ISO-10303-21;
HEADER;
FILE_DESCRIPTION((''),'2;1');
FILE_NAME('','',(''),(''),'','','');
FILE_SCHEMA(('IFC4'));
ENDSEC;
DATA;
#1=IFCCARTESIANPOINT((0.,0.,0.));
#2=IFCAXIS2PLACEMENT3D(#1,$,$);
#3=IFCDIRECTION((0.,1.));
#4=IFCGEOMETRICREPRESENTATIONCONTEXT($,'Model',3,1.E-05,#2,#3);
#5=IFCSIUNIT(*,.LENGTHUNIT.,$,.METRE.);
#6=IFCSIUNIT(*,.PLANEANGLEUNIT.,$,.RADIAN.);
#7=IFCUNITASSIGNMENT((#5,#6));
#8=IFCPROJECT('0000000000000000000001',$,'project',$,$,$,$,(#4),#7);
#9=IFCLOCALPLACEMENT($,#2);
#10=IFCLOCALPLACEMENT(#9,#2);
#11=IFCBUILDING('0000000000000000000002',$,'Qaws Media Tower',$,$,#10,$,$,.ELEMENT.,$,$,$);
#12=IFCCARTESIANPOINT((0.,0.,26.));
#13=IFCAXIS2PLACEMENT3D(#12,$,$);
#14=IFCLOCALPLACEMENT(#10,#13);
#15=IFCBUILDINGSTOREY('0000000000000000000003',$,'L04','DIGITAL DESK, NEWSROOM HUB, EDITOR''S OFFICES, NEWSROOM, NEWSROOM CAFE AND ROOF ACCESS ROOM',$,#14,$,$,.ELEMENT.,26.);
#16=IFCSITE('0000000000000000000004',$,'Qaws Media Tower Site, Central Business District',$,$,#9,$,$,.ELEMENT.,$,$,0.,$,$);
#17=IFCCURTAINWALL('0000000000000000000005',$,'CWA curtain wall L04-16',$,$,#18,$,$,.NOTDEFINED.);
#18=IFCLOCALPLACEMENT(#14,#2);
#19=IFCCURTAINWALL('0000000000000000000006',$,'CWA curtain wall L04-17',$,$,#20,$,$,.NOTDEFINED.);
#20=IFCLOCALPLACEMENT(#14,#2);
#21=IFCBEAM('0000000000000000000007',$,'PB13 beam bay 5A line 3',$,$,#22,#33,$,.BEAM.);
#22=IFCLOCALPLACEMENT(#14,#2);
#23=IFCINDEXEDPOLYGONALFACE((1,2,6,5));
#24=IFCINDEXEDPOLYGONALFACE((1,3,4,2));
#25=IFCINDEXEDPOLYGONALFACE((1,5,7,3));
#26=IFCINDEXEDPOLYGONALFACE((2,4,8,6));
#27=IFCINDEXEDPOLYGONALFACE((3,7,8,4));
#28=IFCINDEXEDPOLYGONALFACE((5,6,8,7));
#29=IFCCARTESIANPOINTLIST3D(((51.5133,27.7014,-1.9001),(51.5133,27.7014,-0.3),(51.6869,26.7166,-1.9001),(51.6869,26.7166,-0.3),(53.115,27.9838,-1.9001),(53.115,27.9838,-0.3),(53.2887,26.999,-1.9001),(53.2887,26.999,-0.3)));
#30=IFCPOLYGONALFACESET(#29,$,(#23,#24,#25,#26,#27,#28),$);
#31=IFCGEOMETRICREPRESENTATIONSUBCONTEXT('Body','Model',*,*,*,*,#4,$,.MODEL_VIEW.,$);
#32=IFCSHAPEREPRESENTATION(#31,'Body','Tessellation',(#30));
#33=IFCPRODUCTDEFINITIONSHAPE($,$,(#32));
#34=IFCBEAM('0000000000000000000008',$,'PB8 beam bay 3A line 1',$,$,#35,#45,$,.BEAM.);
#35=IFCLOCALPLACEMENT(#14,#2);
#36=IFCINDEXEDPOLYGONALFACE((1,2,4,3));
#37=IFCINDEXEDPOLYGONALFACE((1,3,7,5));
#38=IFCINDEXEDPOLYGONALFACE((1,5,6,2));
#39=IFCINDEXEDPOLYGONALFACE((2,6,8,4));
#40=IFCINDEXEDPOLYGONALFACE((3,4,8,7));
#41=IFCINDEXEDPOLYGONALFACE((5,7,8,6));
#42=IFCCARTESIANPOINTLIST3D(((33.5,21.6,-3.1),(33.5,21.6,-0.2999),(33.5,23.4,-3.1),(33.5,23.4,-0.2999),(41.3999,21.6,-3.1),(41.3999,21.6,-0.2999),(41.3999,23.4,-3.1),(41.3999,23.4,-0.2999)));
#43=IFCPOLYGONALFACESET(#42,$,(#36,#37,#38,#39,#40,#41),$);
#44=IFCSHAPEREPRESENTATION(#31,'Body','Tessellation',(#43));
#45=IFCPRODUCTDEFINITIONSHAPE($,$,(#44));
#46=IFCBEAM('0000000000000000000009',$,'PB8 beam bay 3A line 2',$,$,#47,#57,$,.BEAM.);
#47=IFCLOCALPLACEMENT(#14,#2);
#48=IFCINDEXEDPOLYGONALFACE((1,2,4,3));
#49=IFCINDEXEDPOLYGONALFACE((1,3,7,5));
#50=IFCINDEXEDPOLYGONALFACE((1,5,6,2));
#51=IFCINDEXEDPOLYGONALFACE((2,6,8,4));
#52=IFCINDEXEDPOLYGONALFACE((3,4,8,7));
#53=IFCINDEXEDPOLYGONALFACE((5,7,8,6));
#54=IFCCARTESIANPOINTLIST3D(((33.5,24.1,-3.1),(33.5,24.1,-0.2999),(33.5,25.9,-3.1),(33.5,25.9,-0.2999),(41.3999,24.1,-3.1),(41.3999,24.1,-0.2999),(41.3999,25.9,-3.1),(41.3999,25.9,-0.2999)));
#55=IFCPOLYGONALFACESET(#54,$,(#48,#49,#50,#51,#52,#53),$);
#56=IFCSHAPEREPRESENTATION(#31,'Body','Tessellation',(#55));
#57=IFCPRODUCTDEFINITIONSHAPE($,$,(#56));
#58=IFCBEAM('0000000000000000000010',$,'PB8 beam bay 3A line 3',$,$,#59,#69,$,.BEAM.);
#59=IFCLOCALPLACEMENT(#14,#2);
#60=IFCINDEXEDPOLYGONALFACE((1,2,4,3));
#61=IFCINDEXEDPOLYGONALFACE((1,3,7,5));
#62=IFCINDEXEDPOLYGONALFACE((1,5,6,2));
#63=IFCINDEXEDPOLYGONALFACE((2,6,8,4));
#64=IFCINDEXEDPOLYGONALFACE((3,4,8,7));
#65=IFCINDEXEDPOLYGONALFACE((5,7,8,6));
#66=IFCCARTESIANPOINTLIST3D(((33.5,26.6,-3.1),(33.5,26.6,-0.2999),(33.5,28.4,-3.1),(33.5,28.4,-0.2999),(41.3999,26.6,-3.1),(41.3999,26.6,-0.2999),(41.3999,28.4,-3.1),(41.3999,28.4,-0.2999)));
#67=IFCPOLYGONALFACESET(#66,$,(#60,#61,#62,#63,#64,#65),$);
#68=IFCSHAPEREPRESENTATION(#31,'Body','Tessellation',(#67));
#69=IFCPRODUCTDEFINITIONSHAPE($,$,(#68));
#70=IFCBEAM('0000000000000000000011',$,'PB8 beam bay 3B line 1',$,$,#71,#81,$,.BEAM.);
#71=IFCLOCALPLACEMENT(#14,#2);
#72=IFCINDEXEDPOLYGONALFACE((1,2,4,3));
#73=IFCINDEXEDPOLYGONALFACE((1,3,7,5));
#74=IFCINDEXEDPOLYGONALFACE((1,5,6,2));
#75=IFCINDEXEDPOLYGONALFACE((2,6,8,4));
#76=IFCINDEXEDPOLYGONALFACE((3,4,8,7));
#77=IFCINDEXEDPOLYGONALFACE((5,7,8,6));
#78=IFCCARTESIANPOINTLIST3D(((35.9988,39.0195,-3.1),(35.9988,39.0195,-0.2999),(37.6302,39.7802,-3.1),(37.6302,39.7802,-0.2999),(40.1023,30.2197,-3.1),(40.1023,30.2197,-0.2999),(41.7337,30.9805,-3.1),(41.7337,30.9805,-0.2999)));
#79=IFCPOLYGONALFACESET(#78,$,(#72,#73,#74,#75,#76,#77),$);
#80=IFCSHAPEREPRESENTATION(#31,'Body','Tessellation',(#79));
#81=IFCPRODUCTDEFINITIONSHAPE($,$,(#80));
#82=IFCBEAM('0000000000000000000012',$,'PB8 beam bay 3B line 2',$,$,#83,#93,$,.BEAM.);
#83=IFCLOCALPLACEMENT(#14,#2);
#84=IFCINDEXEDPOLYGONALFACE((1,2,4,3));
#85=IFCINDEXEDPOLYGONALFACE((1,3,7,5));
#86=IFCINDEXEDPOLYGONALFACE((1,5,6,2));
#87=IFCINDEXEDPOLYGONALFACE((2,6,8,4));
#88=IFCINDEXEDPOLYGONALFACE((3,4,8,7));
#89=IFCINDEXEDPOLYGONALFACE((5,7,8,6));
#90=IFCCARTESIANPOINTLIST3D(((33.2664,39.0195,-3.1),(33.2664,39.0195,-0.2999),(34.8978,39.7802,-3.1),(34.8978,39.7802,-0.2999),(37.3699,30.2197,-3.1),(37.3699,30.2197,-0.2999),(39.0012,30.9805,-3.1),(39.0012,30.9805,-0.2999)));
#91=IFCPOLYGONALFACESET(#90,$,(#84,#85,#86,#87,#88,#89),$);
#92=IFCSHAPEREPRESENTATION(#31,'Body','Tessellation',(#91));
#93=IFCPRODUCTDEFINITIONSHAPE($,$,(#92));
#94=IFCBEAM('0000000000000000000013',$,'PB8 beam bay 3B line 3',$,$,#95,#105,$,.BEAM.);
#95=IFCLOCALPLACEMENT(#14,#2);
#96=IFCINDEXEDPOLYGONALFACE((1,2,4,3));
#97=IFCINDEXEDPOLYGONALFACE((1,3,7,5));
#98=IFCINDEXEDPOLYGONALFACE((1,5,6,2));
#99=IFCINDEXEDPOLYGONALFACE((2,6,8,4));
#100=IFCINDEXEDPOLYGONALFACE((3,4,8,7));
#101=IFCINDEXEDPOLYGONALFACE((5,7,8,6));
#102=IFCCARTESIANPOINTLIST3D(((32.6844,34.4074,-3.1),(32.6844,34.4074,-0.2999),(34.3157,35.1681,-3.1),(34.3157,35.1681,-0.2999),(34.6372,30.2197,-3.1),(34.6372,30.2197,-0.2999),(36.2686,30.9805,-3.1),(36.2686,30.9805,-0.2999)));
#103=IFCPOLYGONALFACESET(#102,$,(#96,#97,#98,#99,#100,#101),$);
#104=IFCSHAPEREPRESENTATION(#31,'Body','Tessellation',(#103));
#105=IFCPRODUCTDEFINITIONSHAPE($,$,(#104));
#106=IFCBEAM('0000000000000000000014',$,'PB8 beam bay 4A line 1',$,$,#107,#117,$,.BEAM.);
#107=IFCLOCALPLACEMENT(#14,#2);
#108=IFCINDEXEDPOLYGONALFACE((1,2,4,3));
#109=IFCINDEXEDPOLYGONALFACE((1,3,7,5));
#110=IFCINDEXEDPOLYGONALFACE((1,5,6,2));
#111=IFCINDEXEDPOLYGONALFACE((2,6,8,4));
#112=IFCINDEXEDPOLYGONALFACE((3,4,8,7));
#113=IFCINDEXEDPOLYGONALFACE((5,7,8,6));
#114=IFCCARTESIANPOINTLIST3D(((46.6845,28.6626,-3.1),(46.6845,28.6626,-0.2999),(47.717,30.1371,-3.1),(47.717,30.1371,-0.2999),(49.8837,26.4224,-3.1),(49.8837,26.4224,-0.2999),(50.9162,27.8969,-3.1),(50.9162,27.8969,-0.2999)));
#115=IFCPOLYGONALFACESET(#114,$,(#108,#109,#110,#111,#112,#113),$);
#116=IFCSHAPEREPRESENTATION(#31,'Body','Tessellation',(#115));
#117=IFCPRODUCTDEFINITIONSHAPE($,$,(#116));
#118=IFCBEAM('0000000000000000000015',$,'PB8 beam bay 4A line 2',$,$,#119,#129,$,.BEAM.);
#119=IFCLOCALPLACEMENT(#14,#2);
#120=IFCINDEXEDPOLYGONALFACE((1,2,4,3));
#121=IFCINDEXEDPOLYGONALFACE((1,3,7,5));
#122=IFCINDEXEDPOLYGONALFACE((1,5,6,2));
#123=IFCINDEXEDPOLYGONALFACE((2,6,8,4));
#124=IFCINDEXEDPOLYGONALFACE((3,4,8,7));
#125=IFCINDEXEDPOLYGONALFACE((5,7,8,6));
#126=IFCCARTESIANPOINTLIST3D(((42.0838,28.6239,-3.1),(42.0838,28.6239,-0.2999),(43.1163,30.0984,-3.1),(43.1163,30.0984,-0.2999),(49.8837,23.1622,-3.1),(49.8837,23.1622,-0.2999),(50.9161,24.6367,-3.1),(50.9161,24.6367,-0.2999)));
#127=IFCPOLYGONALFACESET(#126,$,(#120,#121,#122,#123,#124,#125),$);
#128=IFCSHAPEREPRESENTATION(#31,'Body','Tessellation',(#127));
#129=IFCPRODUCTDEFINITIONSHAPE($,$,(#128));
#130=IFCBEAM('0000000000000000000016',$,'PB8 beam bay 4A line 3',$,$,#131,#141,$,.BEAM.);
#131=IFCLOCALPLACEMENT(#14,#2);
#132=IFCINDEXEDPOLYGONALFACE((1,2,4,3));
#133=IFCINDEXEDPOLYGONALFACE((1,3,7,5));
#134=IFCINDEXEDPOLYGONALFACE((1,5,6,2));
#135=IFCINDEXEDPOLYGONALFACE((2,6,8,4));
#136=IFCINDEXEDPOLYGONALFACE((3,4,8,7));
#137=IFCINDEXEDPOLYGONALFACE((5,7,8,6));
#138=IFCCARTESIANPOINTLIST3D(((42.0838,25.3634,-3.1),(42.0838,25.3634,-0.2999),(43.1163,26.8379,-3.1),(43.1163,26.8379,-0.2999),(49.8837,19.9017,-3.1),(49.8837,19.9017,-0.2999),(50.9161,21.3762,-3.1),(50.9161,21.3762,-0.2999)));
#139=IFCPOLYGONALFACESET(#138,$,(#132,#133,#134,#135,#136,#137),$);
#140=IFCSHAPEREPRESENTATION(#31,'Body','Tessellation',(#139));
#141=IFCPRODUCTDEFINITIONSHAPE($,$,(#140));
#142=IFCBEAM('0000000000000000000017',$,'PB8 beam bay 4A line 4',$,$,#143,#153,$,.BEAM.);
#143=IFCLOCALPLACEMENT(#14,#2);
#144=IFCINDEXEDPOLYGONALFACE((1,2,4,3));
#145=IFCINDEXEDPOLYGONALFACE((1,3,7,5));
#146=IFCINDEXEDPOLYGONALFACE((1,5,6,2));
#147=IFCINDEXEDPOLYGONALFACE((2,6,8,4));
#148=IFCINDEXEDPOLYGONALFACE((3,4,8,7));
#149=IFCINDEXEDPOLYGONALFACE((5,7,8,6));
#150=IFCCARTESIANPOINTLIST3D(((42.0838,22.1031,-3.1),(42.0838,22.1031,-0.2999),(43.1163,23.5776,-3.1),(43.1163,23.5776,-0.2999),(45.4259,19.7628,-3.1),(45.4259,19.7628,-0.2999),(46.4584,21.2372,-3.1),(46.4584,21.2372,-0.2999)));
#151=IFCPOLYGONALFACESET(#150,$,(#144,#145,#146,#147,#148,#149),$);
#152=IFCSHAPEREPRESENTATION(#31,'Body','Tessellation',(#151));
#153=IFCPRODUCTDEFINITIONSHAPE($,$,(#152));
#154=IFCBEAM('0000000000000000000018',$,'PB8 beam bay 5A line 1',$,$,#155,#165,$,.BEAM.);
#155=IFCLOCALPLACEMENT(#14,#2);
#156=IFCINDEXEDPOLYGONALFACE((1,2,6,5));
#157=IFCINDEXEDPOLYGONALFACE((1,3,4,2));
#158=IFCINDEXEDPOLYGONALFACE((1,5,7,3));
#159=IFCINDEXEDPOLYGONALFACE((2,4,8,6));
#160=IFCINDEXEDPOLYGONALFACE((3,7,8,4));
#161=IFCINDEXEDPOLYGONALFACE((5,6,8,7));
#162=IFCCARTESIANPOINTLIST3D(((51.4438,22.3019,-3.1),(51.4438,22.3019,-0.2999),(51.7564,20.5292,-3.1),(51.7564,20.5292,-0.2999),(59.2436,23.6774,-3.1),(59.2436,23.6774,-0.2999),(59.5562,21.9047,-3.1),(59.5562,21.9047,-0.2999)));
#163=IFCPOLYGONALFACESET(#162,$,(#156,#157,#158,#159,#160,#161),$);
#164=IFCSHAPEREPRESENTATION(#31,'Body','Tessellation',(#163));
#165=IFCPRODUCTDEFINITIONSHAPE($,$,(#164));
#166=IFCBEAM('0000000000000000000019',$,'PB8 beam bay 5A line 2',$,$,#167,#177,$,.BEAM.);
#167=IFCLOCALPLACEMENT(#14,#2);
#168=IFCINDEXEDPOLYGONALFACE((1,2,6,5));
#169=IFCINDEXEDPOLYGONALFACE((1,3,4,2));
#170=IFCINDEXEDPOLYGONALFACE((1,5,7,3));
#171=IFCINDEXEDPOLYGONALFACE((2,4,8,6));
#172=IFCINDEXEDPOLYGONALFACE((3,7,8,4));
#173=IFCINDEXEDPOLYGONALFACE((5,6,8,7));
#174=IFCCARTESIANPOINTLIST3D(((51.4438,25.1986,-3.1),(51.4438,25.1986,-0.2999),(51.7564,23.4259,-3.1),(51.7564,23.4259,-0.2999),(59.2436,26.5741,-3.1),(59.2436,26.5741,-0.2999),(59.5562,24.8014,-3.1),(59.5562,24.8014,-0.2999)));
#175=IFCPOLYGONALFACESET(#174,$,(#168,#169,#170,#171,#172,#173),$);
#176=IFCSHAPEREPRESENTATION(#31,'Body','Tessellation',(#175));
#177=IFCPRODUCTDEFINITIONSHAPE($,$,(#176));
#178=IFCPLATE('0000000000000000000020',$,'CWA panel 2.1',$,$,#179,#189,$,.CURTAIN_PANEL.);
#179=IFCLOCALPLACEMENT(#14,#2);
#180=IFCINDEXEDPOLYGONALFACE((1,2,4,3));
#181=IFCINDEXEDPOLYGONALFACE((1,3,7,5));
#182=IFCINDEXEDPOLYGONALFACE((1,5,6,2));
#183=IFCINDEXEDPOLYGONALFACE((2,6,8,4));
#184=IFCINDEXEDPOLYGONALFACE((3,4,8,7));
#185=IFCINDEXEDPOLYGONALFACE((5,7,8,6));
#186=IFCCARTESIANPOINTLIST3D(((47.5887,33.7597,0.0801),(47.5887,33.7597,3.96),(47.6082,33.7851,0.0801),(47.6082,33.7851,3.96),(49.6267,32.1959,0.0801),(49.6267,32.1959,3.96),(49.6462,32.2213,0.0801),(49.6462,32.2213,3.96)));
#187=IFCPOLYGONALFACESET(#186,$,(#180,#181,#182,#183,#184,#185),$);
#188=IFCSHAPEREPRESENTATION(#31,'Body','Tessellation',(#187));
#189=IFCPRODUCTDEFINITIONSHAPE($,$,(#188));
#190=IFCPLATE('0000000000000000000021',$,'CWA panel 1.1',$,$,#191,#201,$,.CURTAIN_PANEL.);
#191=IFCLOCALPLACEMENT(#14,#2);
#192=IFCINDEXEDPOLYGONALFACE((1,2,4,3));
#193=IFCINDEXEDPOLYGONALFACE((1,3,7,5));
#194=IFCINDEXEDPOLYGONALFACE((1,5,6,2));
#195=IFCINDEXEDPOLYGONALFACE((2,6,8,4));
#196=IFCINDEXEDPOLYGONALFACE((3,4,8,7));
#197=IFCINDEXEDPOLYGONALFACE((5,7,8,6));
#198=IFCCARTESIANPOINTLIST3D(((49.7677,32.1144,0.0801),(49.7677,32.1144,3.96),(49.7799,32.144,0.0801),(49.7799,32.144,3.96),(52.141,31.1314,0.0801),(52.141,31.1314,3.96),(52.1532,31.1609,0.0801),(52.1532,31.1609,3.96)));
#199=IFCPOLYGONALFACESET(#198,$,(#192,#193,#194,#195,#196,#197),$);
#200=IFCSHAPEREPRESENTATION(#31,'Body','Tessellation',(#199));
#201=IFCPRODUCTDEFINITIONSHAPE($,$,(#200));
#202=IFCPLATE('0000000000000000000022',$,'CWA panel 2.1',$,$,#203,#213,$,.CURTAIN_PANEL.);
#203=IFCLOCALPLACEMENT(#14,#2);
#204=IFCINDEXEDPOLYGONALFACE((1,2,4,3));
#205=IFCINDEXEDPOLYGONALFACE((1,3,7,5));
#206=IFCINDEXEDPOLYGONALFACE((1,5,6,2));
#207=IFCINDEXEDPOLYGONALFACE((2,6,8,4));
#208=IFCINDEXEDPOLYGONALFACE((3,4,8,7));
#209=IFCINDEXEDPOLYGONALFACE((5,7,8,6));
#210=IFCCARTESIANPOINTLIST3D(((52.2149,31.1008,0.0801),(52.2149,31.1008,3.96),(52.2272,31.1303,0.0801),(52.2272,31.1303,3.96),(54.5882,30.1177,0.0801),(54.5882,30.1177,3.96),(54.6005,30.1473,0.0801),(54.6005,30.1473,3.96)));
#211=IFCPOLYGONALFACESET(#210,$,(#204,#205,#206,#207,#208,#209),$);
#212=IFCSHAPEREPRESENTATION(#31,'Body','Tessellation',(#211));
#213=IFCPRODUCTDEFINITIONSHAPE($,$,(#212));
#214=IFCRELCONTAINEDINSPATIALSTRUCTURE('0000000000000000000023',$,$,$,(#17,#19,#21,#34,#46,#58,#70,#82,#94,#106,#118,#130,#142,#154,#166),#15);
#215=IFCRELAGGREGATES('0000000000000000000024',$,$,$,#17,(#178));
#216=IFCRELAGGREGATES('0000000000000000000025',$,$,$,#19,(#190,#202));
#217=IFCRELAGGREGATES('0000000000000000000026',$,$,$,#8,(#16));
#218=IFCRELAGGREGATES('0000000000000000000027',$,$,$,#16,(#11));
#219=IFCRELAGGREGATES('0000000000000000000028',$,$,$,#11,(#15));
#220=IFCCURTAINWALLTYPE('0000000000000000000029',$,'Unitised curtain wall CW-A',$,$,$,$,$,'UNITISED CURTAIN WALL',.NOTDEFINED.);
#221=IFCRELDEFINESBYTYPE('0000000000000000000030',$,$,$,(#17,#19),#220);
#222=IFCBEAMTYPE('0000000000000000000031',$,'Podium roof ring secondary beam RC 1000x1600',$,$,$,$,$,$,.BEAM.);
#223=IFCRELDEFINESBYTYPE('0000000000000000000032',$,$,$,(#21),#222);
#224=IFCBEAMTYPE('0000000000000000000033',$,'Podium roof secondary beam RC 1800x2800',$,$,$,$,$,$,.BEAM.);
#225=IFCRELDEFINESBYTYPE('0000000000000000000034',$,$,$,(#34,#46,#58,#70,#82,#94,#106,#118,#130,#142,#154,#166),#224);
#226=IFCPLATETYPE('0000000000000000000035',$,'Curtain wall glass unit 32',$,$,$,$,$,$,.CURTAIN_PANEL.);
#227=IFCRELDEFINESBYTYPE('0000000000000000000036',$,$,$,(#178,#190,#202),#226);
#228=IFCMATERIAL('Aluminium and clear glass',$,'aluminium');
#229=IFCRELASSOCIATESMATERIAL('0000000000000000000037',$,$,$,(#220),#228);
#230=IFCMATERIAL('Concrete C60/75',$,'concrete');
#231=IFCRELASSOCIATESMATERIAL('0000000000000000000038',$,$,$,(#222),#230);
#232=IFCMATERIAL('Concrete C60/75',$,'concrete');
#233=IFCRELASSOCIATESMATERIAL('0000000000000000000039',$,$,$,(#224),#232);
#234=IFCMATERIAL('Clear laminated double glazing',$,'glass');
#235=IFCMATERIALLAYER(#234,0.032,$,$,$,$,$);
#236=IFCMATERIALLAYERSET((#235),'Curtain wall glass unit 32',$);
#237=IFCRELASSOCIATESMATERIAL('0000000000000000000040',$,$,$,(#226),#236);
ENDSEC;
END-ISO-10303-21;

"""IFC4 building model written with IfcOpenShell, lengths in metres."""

from ifc_helpers import new_model, si_unit, direction, frame, origin, origin_2d, place, context, subcontext, project, spatial, rectangle, extrude, material, layer, layer_set, material_profile, profile_set, type_object, element, aggregate, save


model = new_model("IFC4")

# Units and contexts
model_context = context("Model", 3, precision=1e-05, world=origin(), true_north=direction((0.0, 1.0)))
body_context = subcontext(model_context, "Body", "Model", "MODEL_VIEW")
ifc_project = project(units=[si_unit("LENGTHUNIT", "METRE"), si_unit("PLANEANGLEUNIT", "RADIAN")], contexts=[model_context])

# Site, building, storey
site_placement = place(None, origin())
site = spatial("IfcSite", under=ifc_project, at=site_placement, Name="Qaws Media Tower Site, Central Business District", CompositionType="ELEMENT", RefElevation=0.0)
building_placement = place(site_placement, origin())
building = spatial("IfcBuilding", under=site, at=building_placement, Name="Qaws Media Tower", CompositionType="ELEMENT")
storey_placement = place(building_placement, frame((0.0, 0.0, 26.0)))
storey = spatial("IfcBuildingStorey", under=building, at=storey_placement, Name="L04", Description="DIGITAL DESK, NEWSROOM HUB, EDITOR'S OFFICES, NEWSROOM, NEWSROOM CAFE AND ROOF ACCESS ROOM", CompositionType="ELEMENT", Elevation=26.0)

# Curtain wall
ifc_material_1 = material(Name="Aluminium and clear glass", Category="aluminium")
curtain_wall_type = type_object("IfcCurtainWallType", Name="Unitised curtain wall CW-A", ElementType="UNITISED CURTAIN WALL", PredefinedType="NOTDEFINED", material=ifc_material_1)
curtain_wall_1_placement = place(storey_placement, origin())
curtain_wall_1 = element("IfcCurtainWall", 1, at=curtain_wall_1_placement, inside=storey, type_object=curtain_wall_type, Name="CWA curtain wall L04-16", PredefinedType="NOTDEFINED")

# Curtain wall
curtain_wall_2_placement = place(storey_placement, origin())
curtain_wall_2 = element("IfcCurtainWall", 2, at=curtain_wall_2_placement, inside=storey, type_object=curtain_wall_type, Name="CWA curtain wall L04-17", PredefinedType="NOTDEFINED")

# Beams
ifc_material_2 = material(Name="Concrete C60/75", Category="concrete")
ifc_material_profile_1 = material_profile(ifc_material_2, rectangle(XDim=1.0, YDim=1.6001, at=origin_2d()), Name="RC 1000x1600")
ifc_profile_set_1 = profile_set([ifc_material_profile_1], Name="Concrete C60/75")
beam_type_1 = type_object("IfcBeamType", Name="Podium roof ring secondary beam RC 1000x1600", PredefinedType="BEAM", material=ifc_profile_set_1)
beam_1_placement = place(storey_placement, frame((51.6001, 27.209, -1.1001), z_axis=(0.984805, 0.173665, 0.0), x_axis=(-0.173665, 0.984805, 0.0)))
element("IfcBeam", 3, at=beam_1_placement, inside=storey, type_object=beam_type_1, Name="PB13 beam bay 5A line 3", PredefinedType="BEAM", context=body_context, shape_type="SweptSolid", body=[
    extrude(rectangle(XDim=1.0, YDim=1.6001, at=origin_2d()), origin(), (0.0, 0.0, 1.0), 1.6265),
])
ifc_material_3 = material(Name="Concrete C60/75", Category="concrete")
ifc_material_profile_2 = material_profile(ifc_material_3, rectangle(XDim=1.8, YDim=2.8, at=origin_2d()), Name="RC 1800x2800")
ifc_profile_set_2 = profile_set([ifc_material_profile_2], Name="Concrete C60/75")
beam_type_2 = type_object("IfcBeamType", Name="Podium roof secondary beam RC 1800x2800", PredefinedType="BEAM", material=ifc_profile_set_2)
for number, where, z_axis, x_axis, name in (
    (4, (33.5, 22.5, -1.7), (1.0, 0.0, 0.0), (0.0, 1.0, 0.0), "PB8 beam bay 3A line 1"),
    (5, (33.5, 25.0, -1.7), (1.0, 0.0, 0.0), (0.0, 1.0, 0.0), "PB8 beam bay 3A line 2"),
    (6, (33.5, 27.5, -1.7), (1.0, 0.0, 0.0), (0.0, 1.0, 0.0), "PB8 beam bay 3A line 3"),
):
    element("IfcBeam", number, at=place(storey_placement, frame(where, z_axis=z_axis, x_axis=x_axis)), inside=storey, type_object=beam_type_2, Name=name, PredefinedType="BEAM", context=body_context, shape_type="SweptSolid", body=[
        extrude(rectangle(XDim=1.8, YDim=2.8, at=origin_2d()), origin(), (0.0, 0.0, 1.0), 7.8999),
    ])
for number, where, z_axis, x_axis, name in (
    (7, (40.918, 30.6001, -1.7), (-0.422627, 0.906304, 0.0), (-0.906304, -0.422627, 0.0), "PB8 beam bay 3B line 1"),
    (8, (38.1855, 30.6001, -1.7), (-0.422627, 0.906304, 0.0), (-0.906304, -0.422627, 0.0), "PB8 beam bay 3B line 2"),
):
    element("IfcBeam", number, at=place(storey_placement, frame(where, z_axis=z_axis, x_axis=x_axis)), inside=storey, type_object=beam_type_2, Name=name, PredefinedType="BEAM", context=body_context, shape_type="SweptSolid", body=[
        extrude(rectangle(XDim=1.8, YDim=2.8, at=origin_2d()), origin(), (0.0, 0.0, 1.0), 9.7095),
    ])
beam_2_placement = place(storey_placement, frame((35.4529, 30.6001, -1.7), z_axis=(-0.422637, 0.906299, 0.0), x_axis=(-0.906299, -0.422637, 0.0)))
element("IfcBeam", 9, at=beam_2_placement, inside=storey, type_object=beam_type_2, Name="PB8 beam bay 3B line 3", PredefinedType="BEAM", context=body_context, shape_type="SweptSolid", body=[
    extrude(rectangle(XDim=1.8, YDim=2.8, at=origin_2d()), origin(), (0.0, 0.0, 1.0), 4.6206),
])
beam_3_placement = place(storey_placement, frame((50.3999, 27.1597, -1.7), z_axis=(-0.819138, 0.573597, 0.0), x_axis=(-0.573597, -0.819138, 0.0)))
element("IfcBeam", 10, at=beam_3_placement, inside=storey, type_object=beam_type_2, Name="PB8 beam bay 4A line 1", PredefinedType="BEAM", context=body_context, shape_type="SweptSolid", body=[
    extrude(rectangle(XDim=1.8, YDim=2.8, at=origin_2d()), origin(), (0.0, 0.0, 1.0), 3.9055),
])
for number, where, z_axis, x_axis, name in (
    (11, (50.3999, 23.8994, -1.7), (-0.819143, 0.57359, 0.0), (-0.57359, -0.819143, 0.0), "PB8 beam bay 4A line 2"),
    (12, (50.3999, 20.6389, -1.7), (-0.819143, 0.57359, 0.0), (-0.57359, -0.819143, 0.0), "PB8 beam bay 4A line 3"),
):
    element("IfcBeam", number, at=place(storey_placement, frame(where, z_axis=z_axis, x_axis=x_axis)), inside=storey, type_object=beam_type_2, Name=name, PredefinedType="BEAM", context=body_context, shape_type="SweptSolid", body=[
        extrude(rectangle(XDim=1.8, YDim=2.8, at=origin_2d()), origin(), (0.0, 0.0, 1.0), 9.522),
    ])
beam_4_placement = place(storey_placement, frame((45.9421, 20.5, -1.7), z_axis=(-0.819128, 0.573611, 0.0), x_axis=(-0.573611, -0.819128, 0.0)))
element("IfcBeam", 13, at=beam_4_placement, inside=storey, type_object=beam_type_2, Name="PB8 beam bay 4A line 4", PredefinedType="BEAM", context=body_context, shape_type="SweptSolid", body=[
    extrude(rectangle(XDim=1.8, YDim=2.8, at=origin_2d()), origin(), (0.0, 0.0, 1.0), 4.0801),
])
for number, where, z_axis, x_axis, name in (
    (14, (51.6001, 21.4155, -1.7), (0.984804, 0.173669, 0.0), (-0.173669, 0.984804, 0.0), "PB8 beam bay 5A line 1"),
    (15, (51.6001, 24.3123, -1.7), (0.984804, 0.173669, 0.0), (-0.173669, 0.984804, 0.0), "PB8 beam bay 5A line 2"),
):
    element("IfcBeam", number, at=place(storey_placement, frame(where, z_axis=z_axis, x_axis=x_axis)), inside=storey, type_object=beam_type_2, Name=name, PredefinedType="BEAM", context=body_context, shape_type="SweptSolid", body=[
        extrude(rectangle(XDim=1.8, YDim=2.8, at=origin_2d()), origin(), (0.0, 0.0, 1.0), 7.9202),
    ])

# Plates
ifc_material_4 = material(Name="Clear laminated double glazing", Category="glass")
ifc_layer_1 = layer(ifc_material_4, 0.032)
ifc_layer_set_1 = layer_set([ifc_layer_1], Name="Curtain wall glass unit 32")
plate_type = type_object("IfcPlateType", Name="Curtain wall glass unit 32", PredefinedType="CURTAIN_PANEL", material=ifc_layer_set_1)
plate_1_placement = place(storey_placement, frame((48.6174, 32.9905, 0.0801), z_axis=(0.0, 0.0, 1.0), x_axis=(0.793353, -0.608761, 0.0)))
plate_1 = element("IfcPlate", 16, at=plate_1_placement, type_object=plate_type, Name="CWA panel 2.1", PredefinedType="CURTAIN_PANEL", context=body_context, shape_type="SweptSolid", body=[
    extrude(rectangle(XDim=2.5688, YDim=0.032, at=origin_2d()), origin(), (0.0, 0.0, 1.0), 3.8799),
])
aggregate(curtain_wall_1, [plate_1])
plate_2_placement = place(storey_placement, frame((50.9604, 31.6377, 0.0801), z_axis=(0.0, 0.0, 1.0), x_axis=(0.92388, -0.382683, 0.0)))
plate_2 = element("IfcPlate", 17, at=plate_2_placement, type_object=plate_type, Name="CWA panel 1.1", PredefinedType="CURTAIN_PANEL", context=body_context, shape_type="SweptSolid", body=[
    extrude(rectangle(XDim=2.5688, YDim=0.032, at=origin_2d()), origin(), (0.0, 0.0, 1.0), 3.8799),
])
plate_3_placement = place(storey_placement, frame((53.4077, 30.624, 0.0801), z_axis=(0.0, 0.0, 1.0), x_axis=(0.92388, -0.382683, 0.0)))
plate_3 = element("IfcPlate", 18, at=plate_3_placement, type_object=plate_type, Name="CWA panel 2.1", PredefinedType="CURTAIN_PANEL", context=body_context, shape_type="SweptSolid", body=[
    extrude(rectangle(XDim=2.5688, YDim=0.032, at=origin_2d()), origin(), (0.0, 0.0, 1.0), 3.8799),
])
aggregate(curtain_wall_2, [plate_2, plate_3])

save(model, "model.ifc")
